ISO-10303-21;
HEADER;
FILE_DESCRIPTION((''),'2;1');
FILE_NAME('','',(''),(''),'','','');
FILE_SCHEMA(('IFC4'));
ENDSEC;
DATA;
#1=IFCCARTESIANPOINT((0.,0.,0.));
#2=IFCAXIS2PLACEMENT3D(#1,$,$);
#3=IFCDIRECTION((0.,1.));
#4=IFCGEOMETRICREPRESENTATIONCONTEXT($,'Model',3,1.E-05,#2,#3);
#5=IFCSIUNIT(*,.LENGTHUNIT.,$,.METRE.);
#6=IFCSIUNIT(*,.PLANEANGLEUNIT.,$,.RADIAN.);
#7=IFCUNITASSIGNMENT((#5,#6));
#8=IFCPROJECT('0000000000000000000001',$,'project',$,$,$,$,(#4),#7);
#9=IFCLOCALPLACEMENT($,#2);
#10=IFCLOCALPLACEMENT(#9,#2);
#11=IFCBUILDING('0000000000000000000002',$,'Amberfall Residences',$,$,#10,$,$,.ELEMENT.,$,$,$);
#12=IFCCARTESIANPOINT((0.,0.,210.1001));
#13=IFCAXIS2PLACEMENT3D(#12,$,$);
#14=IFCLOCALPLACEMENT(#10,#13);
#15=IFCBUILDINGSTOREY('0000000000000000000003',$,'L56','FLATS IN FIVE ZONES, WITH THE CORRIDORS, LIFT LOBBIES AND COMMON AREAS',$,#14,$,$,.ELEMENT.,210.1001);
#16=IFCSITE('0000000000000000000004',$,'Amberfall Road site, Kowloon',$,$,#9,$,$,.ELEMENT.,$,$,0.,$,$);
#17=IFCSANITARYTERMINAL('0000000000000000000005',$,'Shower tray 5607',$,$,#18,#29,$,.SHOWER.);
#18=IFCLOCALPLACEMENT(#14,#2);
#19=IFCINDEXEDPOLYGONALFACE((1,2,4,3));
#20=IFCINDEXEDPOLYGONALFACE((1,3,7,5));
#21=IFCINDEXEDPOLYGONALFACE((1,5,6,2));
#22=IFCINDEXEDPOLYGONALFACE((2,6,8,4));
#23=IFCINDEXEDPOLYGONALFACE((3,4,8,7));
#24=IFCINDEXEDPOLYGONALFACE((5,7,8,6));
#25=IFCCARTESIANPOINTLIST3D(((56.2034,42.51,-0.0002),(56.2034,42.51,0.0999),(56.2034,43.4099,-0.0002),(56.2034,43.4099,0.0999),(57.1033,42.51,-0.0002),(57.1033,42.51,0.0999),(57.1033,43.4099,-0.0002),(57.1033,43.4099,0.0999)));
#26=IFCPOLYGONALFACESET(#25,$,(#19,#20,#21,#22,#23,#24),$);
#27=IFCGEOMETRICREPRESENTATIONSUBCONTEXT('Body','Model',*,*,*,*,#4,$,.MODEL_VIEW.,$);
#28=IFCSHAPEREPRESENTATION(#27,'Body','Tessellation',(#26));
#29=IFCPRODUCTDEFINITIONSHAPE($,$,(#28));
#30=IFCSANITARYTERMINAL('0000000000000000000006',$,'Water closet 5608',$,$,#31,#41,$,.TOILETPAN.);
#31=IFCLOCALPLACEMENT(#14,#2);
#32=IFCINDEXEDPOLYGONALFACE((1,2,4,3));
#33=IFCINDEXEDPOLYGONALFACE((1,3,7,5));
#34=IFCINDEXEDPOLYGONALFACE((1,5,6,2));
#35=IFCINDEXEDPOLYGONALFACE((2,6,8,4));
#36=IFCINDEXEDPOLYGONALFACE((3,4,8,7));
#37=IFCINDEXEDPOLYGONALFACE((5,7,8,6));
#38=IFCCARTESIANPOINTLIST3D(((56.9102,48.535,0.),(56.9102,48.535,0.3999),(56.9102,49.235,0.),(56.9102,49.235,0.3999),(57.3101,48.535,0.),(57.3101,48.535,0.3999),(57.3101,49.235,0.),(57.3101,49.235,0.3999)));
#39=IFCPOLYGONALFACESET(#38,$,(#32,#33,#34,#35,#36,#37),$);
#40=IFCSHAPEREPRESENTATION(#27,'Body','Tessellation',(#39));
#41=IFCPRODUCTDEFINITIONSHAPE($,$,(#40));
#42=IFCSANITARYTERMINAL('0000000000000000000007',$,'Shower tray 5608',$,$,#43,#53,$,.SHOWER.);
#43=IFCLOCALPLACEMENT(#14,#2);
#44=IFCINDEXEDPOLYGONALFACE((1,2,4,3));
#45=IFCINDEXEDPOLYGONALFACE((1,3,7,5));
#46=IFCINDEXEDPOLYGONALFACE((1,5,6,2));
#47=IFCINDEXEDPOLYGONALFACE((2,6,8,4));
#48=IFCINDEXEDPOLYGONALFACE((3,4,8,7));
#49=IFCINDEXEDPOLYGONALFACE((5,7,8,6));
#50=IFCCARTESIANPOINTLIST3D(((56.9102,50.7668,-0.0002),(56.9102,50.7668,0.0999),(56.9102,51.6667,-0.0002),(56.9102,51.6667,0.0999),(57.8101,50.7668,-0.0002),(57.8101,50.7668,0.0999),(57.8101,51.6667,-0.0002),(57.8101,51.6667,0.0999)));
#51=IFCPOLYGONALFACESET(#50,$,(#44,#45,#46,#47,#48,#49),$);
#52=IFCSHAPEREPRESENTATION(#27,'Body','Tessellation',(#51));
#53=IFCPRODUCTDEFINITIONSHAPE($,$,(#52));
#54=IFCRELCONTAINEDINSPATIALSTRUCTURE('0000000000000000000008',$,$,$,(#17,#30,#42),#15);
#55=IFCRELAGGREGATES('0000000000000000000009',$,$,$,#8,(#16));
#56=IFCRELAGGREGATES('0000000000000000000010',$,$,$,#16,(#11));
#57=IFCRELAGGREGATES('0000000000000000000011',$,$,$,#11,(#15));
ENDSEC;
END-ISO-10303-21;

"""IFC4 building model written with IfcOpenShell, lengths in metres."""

from ifc_helpers import new_model, si_unit, direction, frame, origin, origin_2d, place, context, subcontext, project, spatial, rectangle, extrude, element, save


model = new_model("IFC4")

# Units and contexts
model_context = context("Model", 3, precision=1e-05, world=origin(), true_north=direction((0.0, 1.0)))
body_context = subcontext(model_context, "Body", "Model", "MODEL_VIEW")
ifc_project = project(units=[si_unit("LENGTHUNIT", "METRE"), si_unit("PLANEANGLEUNIT", "RADIAN")], contexts=[model_context])

# Site, building, storey
site_placement = place(None, origin())
site = spatial("IfcSite", under=ifc_project, at=site_placement, Name="Amberfall Road site, Kowloon", CompositionType="ELEMENT", RefElevation=0.0)
building_placement = place(site_placement, origin())
building = spatial("IfcBuilding", under=site, at=building_placement, Name="Amberfall Residences", CompositionType="ELEMENT")
storey_placement = place(building_placement, frame((0.0, 0.0, 210.1001)))
storey = spatial("IfcBuildingStorey", under=building, at=storey_placement, Name="L56", Description="FLATS IN FIVE ZONES, WITH THE CORRIDORS, LIFT LOBBIES AND COMMON AREAS", CompositionType="ELEMENT", Elevation=210.1001)

# Sanitary terminals
sanitary_terminal_1_placement = place(storey_placement, frame((56.6533, 42.96, -0.0002), z_axis=(0.0, 0.0, 1.0), x_axis=(1.0, 0.0, 0.0)))
element("IfcSanitaryTerminal", 1, at=sanitary_terminal_1_placement, inside=storey, Name="Shower tray 5607", PredefinedType="SHOWER", context=body_context, shape_type="SweptSolid", body=[
    extrude(rectangle(XDim=0.8999, YDim=0.8999, at=origin_2d()), origin(), (0.0, 0.0, 1.0), 0.1001),
])
sanitary_terminal_2_placement = place(storey_placement, frame((57.1101, 48.885, 0.0), z_axis=(0.0, 0.0, 1.0), x_axis=(1.0, 0.0, 0.0)))
element("IfcSanitaryTerminal", 2, at=sanitary_terminal_2_placement, inside=storey, Name="Water closet 5608", PredefinedType="TOILETPAN", context=body_context, shape_type="SweptSolid", body=[
    extrude(rectangle(XDim=0.3999, YDim=0.7, at=origin_2d()), origin(), (0.0, 0.0, 1.0), 0.3999),
])
sanitary_terminal_3_placement = place(storey_placement, frame((57.3601, 51.2168, -0.0002), z_axis=(0.0, 0.0, 1.0), x_axis=(1.0, 0.0, 0.0)))
element("IfcSanitaryTerminal", 3, at=sanitary_terminal_3_placement, inside=storey, Name="Shower tray 5608", PredefinedType="SHOWER", context=body_context, shape_type="SweptSolid", body=[
    extrude(rectangle(XDim=0.8999, YDim=0.8999, at=origin_2d()), origin(), (0.0, 0.0, 1.0), 0.1001),
])

save(model, "model.ifc")
